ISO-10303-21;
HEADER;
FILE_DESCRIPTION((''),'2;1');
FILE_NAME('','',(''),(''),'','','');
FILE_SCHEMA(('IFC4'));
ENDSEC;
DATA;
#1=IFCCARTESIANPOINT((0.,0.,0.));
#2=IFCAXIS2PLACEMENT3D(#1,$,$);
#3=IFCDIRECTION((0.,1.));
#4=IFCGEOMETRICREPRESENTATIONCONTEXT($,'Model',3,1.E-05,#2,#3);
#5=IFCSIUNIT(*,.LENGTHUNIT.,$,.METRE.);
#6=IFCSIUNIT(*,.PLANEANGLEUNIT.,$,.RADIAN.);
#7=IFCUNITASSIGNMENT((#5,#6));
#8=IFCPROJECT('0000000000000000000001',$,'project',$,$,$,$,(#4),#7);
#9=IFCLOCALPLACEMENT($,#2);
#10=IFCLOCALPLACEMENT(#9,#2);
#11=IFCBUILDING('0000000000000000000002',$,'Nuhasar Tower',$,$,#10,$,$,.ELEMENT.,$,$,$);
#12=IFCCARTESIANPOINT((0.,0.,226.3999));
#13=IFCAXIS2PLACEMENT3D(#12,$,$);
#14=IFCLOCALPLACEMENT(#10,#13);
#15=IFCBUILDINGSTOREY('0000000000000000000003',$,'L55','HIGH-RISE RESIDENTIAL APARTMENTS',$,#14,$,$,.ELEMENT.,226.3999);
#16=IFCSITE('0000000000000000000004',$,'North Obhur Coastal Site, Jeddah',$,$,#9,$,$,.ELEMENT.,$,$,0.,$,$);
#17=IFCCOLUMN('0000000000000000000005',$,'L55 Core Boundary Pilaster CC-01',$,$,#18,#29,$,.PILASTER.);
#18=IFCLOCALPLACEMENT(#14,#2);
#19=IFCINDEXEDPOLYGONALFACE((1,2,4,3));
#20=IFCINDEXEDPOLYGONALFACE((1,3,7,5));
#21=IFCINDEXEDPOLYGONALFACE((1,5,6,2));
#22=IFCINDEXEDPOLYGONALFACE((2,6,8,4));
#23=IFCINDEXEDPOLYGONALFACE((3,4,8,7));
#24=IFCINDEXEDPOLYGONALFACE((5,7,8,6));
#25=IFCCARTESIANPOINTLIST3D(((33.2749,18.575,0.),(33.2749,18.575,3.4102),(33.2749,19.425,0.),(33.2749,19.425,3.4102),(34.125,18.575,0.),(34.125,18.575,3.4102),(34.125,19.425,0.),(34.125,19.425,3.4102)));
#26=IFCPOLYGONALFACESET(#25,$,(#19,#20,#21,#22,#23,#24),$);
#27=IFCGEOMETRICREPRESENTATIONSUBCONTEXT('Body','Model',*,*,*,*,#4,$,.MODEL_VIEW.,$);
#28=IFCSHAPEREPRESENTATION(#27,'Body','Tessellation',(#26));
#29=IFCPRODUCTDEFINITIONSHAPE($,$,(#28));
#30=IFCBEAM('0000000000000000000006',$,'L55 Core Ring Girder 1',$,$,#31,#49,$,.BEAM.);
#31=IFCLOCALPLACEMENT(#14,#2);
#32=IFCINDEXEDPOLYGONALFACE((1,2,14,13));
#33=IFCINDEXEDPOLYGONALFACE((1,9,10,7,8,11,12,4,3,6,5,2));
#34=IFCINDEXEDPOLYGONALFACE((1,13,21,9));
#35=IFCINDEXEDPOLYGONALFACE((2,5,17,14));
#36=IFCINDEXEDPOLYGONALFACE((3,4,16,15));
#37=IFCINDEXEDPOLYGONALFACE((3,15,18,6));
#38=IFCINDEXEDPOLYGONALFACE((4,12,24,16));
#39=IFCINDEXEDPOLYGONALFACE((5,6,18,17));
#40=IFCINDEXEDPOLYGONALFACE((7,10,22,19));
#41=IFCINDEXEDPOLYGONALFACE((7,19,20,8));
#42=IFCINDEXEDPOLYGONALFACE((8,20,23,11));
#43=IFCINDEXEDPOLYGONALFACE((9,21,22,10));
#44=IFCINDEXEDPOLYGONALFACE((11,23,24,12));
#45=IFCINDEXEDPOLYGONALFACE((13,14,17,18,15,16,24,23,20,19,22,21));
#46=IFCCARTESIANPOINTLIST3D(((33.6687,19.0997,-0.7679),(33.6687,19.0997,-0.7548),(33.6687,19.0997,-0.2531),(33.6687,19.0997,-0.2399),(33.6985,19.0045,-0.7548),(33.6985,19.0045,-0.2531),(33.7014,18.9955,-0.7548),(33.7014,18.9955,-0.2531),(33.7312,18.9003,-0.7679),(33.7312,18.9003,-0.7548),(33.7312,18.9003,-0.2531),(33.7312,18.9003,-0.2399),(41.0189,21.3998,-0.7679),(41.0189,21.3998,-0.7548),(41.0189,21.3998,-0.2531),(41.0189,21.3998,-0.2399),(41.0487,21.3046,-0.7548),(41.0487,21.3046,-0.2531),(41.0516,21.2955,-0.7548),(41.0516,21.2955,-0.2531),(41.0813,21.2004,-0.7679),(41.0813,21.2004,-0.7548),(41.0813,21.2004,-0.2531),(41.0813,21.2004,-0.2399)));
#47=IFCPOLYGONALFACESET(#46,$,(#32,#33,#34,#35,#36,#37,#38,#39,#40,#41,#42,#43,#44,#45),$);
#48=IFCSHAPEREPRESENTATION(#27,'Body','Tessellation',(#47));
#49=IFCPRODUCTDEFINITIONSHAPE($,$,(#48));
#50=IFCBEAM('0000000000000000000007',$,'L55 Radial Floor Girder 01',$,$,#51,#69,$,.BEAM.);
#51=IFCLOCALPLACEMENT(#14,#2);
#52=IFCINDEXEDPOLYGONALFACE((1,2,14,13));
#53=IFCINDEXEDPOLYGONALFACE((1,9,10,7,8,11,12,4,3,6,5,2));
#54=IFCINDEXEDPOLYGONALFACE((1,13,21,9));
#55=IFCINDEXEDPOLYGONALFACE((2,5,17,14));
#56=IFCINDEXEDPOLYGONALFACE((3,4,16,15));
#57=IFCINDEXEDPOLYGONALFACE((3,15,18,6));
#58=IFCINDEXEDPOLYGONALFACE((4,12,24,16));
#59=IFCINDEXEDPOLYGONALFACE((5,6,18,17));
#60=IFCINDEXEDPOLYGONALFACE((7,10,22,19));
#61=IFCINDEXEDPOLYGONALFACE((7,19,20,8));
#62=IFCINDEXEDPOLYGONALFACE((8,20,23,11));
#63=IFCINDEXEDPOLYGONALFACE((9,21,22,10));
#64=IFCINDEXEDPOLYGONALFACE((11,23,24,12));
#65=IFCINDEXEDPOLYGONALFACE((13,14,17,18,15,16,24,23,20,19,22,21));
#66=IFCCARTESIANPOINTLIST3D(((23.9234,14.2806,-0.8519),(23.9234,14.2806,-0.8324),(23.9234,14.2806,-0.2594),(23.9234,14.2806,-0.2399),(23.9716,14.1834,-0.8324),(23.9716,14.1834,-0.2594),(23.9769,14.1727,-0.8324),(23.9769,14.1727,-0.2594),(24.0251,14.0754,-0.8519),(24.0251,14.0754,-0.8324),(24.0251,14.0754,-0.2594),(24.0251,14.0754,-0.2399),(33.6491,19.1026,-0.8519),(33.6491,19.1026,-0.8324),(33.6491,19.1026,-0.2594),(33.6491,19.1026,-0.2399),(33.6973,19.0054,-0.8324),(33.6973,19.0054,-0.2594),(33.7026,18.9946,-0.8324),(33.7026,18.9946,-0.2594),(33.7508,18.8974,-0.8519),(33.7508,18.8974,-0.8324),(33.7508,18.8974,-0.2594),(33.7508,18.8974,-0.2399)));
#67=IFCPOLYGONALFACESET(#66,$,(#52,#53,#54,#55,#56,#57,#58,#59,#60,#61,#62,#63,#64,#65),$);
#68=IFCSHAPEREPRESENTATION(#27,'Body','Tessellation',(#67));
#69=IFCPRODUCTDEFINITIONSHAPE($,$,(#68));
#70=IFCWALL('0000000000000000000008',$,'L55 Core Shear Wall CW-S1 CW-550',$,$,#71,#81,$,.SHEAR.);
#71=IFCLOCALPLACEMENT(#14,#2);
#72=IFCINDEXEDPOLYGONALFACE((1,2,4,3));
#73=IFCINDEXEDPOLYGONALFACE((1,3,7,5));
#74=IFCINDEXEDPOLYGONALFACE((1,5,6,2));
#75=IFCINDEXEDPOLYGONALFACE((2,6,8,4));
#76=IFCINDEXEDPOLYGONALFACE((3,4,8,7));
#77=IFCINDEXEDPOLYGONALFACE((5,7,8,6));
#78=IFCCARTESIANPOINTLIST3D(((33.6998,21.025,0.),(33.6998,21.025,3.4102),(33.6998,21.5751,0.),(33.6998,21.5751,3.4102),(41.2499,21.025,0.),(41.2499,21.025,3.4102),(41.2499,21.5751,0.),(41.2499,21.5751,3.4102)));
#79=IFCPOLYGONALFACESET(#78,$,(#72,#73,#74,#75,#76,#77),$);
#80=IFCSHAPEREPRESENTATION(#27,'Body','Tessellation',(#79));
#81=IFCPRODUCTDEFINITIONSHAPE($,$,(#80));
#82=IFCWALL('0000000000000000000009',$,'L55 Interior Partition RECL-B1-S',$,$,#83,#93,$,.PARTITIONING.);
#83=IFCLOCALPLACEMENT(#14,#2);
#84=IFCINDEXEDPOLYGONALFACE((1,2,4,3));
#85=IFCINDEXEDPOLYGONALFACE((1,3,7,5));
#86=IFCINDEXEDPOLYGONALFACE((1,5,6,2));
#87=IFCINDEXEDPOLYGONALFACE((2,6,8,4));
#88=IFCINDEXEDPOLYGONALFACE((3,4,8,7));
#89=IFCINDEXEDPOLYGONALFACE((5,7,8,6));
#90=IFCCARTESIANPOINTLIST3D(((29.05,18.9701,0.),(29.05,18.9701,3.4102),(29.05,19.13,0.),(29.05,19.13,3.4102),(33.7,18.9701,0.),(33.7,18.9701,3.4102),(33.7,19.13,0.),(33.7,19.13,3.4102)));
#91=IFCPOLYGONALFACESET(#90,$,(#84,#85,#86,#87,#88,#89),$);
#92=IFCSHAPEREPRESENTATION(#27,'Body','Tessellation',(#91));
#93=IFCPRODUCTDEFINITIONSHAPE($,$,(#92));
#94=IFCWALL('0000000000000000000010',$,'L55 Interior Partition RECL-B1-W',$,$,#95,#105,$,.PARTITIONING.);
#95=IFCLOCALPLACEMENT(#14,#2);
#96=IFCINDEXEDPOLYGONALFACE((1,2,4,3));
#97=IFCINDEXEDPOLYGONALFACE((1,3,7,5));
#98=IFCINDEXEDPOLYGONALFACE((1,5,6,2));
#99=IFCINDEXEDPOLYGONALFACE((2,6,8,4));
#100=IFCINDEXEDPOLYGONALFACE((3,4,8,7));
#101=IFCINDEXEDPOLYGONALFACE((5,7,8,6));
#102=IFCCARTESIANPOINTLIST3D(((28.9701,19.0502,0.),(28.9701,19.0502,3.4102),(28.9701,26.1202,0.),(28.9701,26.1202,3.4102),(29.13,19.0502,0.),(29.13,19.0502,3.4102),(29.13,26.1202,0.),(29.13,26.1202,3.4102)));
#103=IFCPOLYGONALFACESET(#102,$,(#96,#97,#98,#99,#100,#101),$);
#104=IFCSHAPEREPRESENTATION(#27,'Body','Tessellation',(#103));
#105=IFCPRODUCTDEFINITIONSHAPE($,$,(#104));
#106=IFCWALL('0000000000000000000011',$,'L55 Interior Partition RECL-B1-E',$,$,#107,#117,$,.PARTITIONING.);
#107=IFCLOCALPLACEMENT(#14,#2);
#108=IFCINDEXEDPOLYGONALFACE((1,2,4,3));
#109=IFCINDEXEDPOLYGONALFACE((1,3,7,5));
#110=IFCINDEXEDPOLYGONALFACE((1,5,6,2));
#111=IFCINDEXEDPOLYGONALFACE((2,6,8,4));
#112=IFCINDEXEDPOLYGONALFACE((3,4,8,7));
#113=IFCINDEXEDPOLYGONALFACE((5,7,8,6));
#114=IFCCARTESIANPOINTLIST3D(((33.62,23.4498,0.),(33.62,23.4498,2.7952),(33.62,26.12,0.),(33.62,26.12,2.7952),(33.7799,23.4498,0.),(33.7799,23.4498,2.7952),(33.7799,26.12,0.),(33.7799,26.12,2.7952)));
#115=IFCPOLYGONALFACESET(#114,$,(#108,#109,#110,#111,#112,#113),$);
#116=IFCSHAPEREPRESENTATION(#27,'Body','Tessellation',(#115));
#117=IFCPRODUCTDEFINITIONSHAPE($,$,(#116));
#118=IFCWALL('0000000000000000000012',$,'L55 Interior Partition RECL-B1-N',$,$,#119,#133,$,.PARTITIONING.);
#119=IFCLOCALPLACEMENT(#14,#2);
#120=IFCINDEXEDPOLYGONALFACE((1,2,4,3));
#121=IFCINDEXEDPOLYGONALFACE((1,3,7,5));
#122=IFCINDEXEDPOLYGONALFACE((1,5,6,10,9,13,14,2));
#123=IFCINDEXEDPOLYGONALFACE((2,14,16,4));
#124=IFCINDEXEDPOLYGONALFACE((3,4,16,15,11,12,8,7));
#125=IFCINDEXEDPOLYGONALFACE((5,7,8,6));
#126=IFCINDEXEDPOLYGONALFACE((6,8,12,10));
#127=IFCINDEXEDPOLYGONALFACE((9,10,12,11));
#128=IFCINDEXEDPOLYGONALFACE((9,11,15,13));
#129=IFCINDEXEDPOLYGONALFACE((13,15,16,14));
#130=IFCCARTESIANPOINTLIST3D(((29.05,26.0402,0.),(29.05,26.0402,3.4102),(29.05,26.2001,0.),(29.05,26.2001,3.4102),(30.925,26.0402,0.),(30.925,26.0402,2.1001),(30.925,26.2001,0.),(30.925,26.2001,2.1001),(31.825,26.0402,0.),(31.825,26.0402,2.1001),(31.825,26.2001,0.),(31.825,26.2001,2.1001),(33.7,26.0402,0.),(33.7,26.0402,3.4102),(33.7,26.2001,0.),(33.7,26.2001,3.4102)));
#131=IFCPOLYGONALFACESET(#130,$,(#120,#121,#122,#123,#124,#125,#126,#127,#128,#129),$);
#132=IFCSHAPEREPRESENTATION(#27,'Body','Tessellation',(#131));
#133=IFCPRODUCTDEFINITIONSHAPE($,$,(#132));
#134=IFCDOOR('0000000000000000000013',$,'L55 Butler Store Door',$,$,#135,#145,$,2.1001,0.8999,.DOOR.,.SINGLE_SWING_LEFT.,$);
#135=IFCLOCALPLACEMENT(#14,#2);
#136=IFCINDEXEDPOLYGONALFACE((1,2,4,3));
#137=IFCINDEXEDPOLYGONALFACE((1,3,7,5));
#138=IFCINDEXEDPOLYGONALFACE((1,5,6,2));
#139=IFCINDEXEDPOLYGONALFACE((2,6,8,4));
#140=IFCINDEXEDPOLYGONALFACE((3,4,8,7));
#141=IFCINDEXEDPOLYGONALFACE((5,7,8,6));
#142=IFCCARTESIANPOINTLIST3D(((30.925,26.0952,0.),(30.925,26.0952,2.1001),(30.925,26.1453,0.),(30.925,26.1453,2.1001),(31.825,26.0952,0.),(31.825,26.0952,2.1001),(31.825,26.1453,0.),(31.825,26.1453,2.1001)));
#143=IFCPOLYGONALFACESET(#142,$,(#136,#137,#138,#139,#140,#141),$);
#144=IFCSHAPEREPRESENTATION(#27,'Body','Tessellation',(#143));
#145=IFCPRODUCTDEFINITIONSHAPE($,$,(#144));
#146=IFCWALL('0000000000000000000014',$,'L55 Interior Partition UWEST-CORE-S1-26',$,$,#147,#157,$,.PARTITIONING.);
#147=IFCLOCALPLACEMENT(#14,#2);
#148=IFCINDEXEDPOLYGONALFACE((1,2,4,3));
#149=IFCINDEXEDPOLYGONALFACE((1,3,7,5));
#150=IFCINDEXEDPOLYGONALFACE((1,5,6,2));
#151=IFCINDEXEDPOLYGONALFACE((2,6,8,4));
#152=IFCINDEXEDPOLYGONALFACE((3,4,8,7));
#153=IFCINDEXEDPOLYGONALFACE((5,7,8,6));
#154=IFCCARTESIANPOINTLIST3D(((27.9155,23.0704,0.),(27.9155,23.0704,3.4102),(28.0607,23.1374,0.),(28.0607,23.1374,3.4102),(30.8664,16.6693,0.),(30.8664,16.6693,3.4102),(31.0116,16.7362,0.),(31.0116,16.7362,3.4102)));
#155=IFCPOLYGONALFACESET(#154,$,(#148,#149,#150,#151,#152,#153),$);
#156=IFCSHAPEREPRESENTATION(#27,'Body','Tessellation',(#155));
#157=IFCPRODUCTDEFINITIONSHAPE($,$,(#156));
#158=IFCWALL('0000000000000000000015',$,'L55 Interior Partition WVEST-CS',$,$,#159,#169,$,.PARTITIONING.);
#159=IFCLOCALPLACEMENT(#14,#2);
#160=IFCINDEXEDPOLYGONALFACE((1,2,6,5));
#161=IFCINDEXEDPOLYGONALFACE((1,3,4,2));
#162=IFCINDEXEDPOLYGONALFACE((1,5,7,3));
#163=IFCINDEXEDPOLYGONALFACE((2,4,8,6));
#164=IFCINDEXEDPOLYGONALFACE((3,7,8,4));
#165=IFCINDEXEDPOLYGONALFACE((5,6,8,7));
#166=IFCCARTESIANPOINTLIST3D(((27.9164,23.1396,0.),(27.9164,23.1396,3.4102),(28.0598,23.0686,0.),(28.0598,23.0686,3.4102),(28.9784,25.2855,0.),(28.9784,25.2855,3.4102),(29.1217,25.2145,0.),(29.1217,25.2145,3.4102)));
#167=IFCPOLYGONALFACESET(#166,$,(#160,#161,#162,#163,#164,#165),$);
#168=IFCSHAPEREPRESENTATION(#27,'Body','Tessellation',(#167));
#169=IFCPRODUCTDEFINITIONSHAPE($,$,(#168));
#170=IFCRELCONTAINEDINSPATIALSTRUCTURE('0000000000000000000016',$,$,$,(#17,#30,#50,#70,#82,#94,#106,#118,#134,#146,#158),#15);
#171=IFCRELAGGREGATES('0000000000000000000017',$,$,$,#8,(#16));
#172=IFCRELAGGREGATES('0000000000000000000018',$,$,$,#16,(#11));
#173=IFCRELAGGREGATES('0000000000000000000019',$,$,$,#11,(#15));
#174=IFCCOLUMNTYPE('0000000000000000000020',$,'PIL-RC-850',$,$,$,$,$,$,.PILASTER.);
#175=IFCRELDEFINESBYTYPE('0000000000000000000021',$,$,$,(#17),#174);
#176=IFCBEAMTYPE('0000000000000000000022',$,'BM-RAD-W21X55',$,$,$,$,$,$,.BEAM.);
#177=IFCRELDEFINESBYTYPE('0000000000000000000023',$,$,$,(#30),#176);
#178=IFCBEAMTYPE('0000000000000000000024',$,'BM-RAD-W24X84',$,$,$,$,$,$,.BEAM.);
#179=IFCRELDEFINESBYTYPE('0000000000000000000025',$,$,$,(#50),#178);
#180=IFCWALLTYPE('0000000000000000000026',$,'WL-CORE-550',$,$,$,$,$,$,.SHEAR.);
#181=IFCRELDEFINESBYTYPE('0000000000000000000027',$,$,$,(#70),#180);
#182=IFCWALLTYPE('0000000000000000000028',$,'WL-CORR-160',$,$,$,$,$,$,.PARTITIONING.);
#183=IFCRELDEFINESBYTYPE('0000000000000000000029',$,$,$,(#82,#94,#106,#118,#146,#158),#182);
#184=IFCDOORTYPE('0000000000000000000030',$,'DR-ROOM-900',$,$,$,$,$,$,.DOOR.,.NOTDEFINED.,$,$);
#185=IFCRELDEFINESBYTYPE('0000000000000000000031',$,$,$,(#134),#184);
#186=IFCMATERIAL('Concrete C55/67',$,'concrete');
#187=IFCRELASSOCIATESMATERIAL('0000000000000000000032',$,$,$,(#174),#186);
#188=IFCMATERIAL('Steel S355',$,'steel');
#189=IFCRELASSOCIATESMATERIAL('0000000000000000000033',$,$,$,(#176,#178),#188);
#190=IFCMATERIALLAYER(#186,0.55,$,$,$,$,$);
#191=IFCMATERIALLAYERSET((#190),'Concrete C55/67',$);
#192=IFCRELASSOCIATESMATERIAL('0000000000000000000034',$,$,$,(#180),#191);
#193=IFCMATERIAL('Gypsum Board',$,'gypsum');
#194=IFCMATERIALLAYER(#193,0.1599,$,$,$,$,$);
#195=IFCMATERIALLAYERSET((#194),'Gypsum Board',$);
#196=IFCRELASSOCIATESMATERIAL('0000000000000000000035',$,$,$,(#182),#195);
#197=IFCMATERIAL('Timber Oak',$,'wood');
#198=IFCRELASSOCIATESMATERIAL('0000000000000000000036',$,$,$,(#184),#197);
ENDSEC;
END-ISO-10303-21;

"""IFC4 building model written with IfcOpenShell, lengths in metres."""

from ifc_helpers import new_model, si_unit, direction, frame, frame_2d, origin, origin_2d, place, context, subcontext, project, spatial, rectangle, i_section, extrude, material, layer, layer_set, material_profile, profile_set, type_object, element, fill, save


model = new_model("IFC4")

# Units and contexts
model_context = context("Model", 3, precision=1e-05, world=origin(), true_north=direction((0.0, 1.0)))
body_context = subcontext(model_context, "Body", "Model", "MODEL_VIEW")
ifc_project = project(units=[si_unit("LENGTHUNIT", "METRE"), si_unit("PLANEANGLEUNIT", "RADIAN")], contexts=[model_context])

# Site, building, storey
site_placement = place(None, origin())
site = spatial("IfcSite", under=ifc_project, at=site_placement, Name="North Obhur Coastal Site, Jeddah", CompositionType="ELEMENT", RefElevation=0.0)
building_placement = place(site_placement, origin())
building = spatial("IfcBuilding", under=site, at=building_placement, Name="Nuhasar Tower", CompositionType="ELEMENT")
storey_placement = place(building_placement, frame((0.0, 0.0, 226.3999)))
storey = spatial("IfcBuildingStorey", under=building, at=storey_placement, Name="L55", Description="HIGH-RISE RESIDENTIAL APARTMENTS", CompositionType="ELEMENT", Elevation=226.3999)

# Column
ifc_material_1 = material(Name="Concrete C55/67", Category="concrete")
ifc_material_profile_1 = material_profile(ifc_material_1, rectangle(XDim=0.8501, YDim=0.8501, at=origin_2d()), Name="RC850X850")
ifc_profile_set_1 = profile_set([ifc_material_profile_1], Name="Concrete C55/67")
column_type = type_object("IfcColumnType", Name="PIL-RC-850", PredefinedType="PILASTER", material=ifc_profile_set_1)
column_placement = place(storey_placement, frame((33.7, 19.0, 0.0), z_axis=(0.0, 0.0, 1.0), x_axis=(1.0, 0.0, 0.0)))
element("IfcColumn", 1, at=column_placement, inside=storey, type_object=column_type, Name="L55 Core Boundary Pilaster CC-01", PredefinedType="PILASTER", context=body_context, shape_type="SweptSolid", body=[
    extrude(rectangle(XDim=0.8501, YDim=0.8501, at=origin_2d()), origin(), (0.0, 0.0, 1.0), 3.4102),
])

# Beams
ifc_material_2 = material(Name="Steel S355", Category="steel")
ifc_material_profile_2 = material_profile(ifc_material_2, i_section(OverallWidth=0.209, OverallDepth=0.5281, WebThickness=0.0095, FlangeThickness=0.0132, at=origin_2d()), Name="W21X55")
ifc_profile_set_2 = profile_set([ifc_material_profile_2], Name="Steel S355")
beam_type_1 = type_object("IfcBeamType", Name="BM-RAD-W21X55", PredefinedType="BEAM", material=ifc_profile_set_2)
beam_1_placement = place(storey_placement, frame((33.7, 19.0, -0.5039), z_axis=(0.954364, 0.298647, 0.0), x_axis=(-0.298647, 0.954364, 0.0)))
element("IfcBeam", 2, at=beam_1_placement, inside=storey, type_object=beam_type_1, Name="L55 Core Ring Girder 1", PredefinedType="BEAM", context=body_context, shape_type="SweptSolid", body=[
    extrude(i_section(OverallWidth=0.209, OverallDepth=0.5281, WebThickness=0.0095, FlangeThickness=0.0132, at=origin_2d()), origin(), (0.0, 0.0, 1.0), 7.7017),
])
ifc_material_profile_3 = material_profile(ifc_material_2, i_section(OverallWidth=0.229, OverallDepth=0.6121, WebThickness=0.012, FlangeThickness=0.0195, at=origin_2d()), Name="W24X84")
ifc_profile_set_3 = profile_set([ifc_material_profile_3], Name="Steel S355")
beam_type_2 = type_object("IfcBeamType", Name="BM-RAD-W24X84", PredefinedType="BEAM", material=ifc_profile_set_3)
beam_2_placement = place(storey_placement, frame((33.7, 19.0, -0.5459), z_axis=(-0.895929, -0.444197, 0.0), x_axis=(0.444197, -0.895929, 0.0)))
element("IfcBeam", 3, at=beam_2_placement, inside=storey, type_object=beam_type_2, Name="L55 Radial Floor Girder 01", PredefinedType="BEAM", context=body_context, shape_type="SweptSolid", body=[
    extrude(i_section(OverallWidth=0.229, OverallDepth=0.6121, WebThickness=0.012, FlangeThickness=0.0195, at=origin_2d()), origin(), (0.0, 0.0, 1.0), 10.8555),
])

# Walls
ifc_layer_1 = layer(ifc_material_1, 0.55)
ifc_layer_set_1 = layer_set([ifc_layer_1], Name="Concrete C55/67")
wall_type_1 = type_object("IfcWallType", Name="WL-CORE-550", PredefinedType="SHEAR", material=ifc_layer_set_1)
wall_1_placement = place(storey_placement, frame((33.7, 21.3, 0.0), z_axis=(0.0, 0.0, 1.0), x_axis=(1.0, 0.0, 0.0)))
element("IfcWall", 4, at=wall_1_placement, inside=storey, type_object=wall_type_1, Name="L55 Core Shear Wall CW-S1 CW-550", PredefinedType="SHEAR", context=body_context, shape_type="SweptSolid", body=[
    extrude(rectangle(XDim=7.55, YDim=0.55, at=frame_2d((3.7749, 0.0))), origin(), (0.0, 0.0, 1.0), 3.4102),
])
ifc_material_3 = material(Name="Gypsum Board", Category="gypsum")
ifc_layer_2 = layer(ifc_material_3, 0.1599)
ifc_layer_set_2 = layer_set([ifc_layer_2], Name="Gypsum Board")
wall_type_2 = type_object("IfcWallType", Name="WL-CORR-160", PredefinedType="PARTITIONING", material=ifc_layer_set_2)
wall_2_placement = place(storey_placement, frame((29.05, 19.05, 0.0), z_axis=(0.0, 0.0, 1.0), x_axis=(1.0, 0.0, 0.0)))
element("IfcWall", 5, at=wall_2_placement, inside=storey, type_object=wall_type_2, Name="L55 Interior Partition RECL-B1-S", PredefinedType="PARTITIONING", context=body_context, shape_type="SweptSolid", body=[
    extrude(rectangle(XDim=4.6499, YDim=0.1599, at=frame_2d((2.325, 0.0))), origin(), (0.0, 0.0, 1.0), 3.4102),
])
wall_3_placement = place(storey_placement, frame((29.05, 19.05, 0.0), z_axis=(0.0, 0.0, 1.0), x_axis=(0.0, 1.0, 0.0)))
element("IfcWall", 6, at=wall_3_placement, inside=storey, type_object=wall_type_2, Name="L55 Interior Partition RECL-B1-W", PredefinedType="PARTITIONING", context=body_context, shape_type="SweptSolid", body=[
    extrude(rectangle(XDim=7.0701, YDim=0.1599, at=frame_2d((3.5352, 0.0))), origin(), (0.0, 0.0, 1.0), 3.4102),
])
wall_4_placement = place(storey_placement, frame((33.7, 23.45, 0.0), z_axis=(0.0, 0.0, 1.0), x_axis=(0.0, 1.0, 0.0)))
element("IfcWall", 7, at=wall_4_placement, inside=storey, type_object=wall_type_2, Name="L55 Interior Partition RECL-B1-E", PredefinedType="PARTITIONING", context=body_context, shape_type="SweptSolid", body=[
    extrude(rectangle(XDim=2.6702, YDim=0.1599, at=frame_2d((1.335, 0.0))), origin(), (0.0, 0.0, 1.0), 2.7952),
])

# Wall, opening, door
wall_5_placement = place(storey_placement, frame((33.7, 26.1201, 0.0), z_axis=(0.0, 0.0, 1.0), x_axis=(-1.0, 0.0, 0.0)))
wall_5 = element("IfcWall", 8, at=wall_5_placement, inside=storey, type_object=wall_type_2, Name="L55 Interior Partition RECL-B1-N", PredefinedType="PARTITIONING", context=body_context, shape_type="SweptSolid", body=[
    extrude(rectangle(XDim=4.6499, YDim=0.1599, at=frame_2d((2.325, 0.0))), origin(), (0.0, 0.0, 1.0), 3.4102),
])
opening_1_placement = place(wall_5_placement, frame((1.875, 0.0, 0.0)))
opening_1 = element("IfcOpeningElement", 9, at=opening_1_placement, cuts=wall_5, PredefinedType="OPENING", context=body_context, shape_type="SweptSolid", body=[
    extrude(rectangle(XDim=0.8999, YDim=2.1001, at=frame_2d((0.45, 1.05))), frame((0.0, 0.0898, 0.0), z_axis=(0.0, -1.0, 0.0), x_axis=(1.0, 0.0, 0.0)), (0.0, 0.0, 1.0), 0.1799),
])
ifc_material_4 = material(Name="Timber Oak", Category="wood")
door_type_1 = type_object("IfcDoorType", Name="DR-ROOM-900", OperationType="NOTDEFINED", PredefinedType="DOOR", material=ifc_material_4)
door_1_placement = place(opening_1_placement, origin())
door_1 = element("IfcDoor", 10, at=door_1_placement, inside=storey, type_object=door_type_1, Name="L55 Butler Store Door", OperationType="SINGLE_SWING_LEFT", OverallHeight=2.1001, OverallWidth=0.8999, PredefinedType="DOOR", context=body_context, shape_type="SweptSolid", body=[
    extrude(rectangle(XDim=0.8999, YDim=2.1001, at=frame_2d((0.45, 1.05))), frame((0.0, 0.0249, 0.0), z_axis=(0.0, -1.0, 0.0), x_axis=(1.0, 0.0, 0.0)), (0.0, 0.0, 1.0), 0.05),
])
fill(opening_1, door_1)

# Walls
wall_6_placement = place(storey_placement, frame((27.988, 23.104, 0.0), z_axis=(0.0, 0.0, 1.0), x_axis=(0.418656, -0.908145, 0.0)))
element("IfcWall", 11, at=wall_6_placement, inside=storey, type_object=wall_type_2, Name="L55 Interior Partition UWEST-CORE-S1-26", PredefinedType="PARTITIONING", context=body_context, shape_type="SweptSolid", body=[
    extrude(rectangle(XDim=7.0486, YDim=0.1599, at=frame_2d((3.5244, 0.0))), origin(), (0.0, 0.0, 1.0), 3.4102),
])
wall_7_placement = place(storey_placement, frame((27.988, 23.104, 0.0), z_axis=(0.0, 0.0, 1.0), x_axis=(0.443539, 0.896255, 0.0)))
element("IfcWall", 12, at=wall_7_placement, inside=storey, type_object=wall_type_2, Name="L55 Interior Partition WVEST-CS", PredefinedType="PARTITIONING", context=body_context, shape_type="SweptSolid", body=[
    extrude(rectangle(XDim=2.3943, YDim=0.1599, at=frame_2d((1.1973, 0.0))), origin(), (0.0, 0.0, 1.0), 3.4102),
])

save(model, "model.ifc")
